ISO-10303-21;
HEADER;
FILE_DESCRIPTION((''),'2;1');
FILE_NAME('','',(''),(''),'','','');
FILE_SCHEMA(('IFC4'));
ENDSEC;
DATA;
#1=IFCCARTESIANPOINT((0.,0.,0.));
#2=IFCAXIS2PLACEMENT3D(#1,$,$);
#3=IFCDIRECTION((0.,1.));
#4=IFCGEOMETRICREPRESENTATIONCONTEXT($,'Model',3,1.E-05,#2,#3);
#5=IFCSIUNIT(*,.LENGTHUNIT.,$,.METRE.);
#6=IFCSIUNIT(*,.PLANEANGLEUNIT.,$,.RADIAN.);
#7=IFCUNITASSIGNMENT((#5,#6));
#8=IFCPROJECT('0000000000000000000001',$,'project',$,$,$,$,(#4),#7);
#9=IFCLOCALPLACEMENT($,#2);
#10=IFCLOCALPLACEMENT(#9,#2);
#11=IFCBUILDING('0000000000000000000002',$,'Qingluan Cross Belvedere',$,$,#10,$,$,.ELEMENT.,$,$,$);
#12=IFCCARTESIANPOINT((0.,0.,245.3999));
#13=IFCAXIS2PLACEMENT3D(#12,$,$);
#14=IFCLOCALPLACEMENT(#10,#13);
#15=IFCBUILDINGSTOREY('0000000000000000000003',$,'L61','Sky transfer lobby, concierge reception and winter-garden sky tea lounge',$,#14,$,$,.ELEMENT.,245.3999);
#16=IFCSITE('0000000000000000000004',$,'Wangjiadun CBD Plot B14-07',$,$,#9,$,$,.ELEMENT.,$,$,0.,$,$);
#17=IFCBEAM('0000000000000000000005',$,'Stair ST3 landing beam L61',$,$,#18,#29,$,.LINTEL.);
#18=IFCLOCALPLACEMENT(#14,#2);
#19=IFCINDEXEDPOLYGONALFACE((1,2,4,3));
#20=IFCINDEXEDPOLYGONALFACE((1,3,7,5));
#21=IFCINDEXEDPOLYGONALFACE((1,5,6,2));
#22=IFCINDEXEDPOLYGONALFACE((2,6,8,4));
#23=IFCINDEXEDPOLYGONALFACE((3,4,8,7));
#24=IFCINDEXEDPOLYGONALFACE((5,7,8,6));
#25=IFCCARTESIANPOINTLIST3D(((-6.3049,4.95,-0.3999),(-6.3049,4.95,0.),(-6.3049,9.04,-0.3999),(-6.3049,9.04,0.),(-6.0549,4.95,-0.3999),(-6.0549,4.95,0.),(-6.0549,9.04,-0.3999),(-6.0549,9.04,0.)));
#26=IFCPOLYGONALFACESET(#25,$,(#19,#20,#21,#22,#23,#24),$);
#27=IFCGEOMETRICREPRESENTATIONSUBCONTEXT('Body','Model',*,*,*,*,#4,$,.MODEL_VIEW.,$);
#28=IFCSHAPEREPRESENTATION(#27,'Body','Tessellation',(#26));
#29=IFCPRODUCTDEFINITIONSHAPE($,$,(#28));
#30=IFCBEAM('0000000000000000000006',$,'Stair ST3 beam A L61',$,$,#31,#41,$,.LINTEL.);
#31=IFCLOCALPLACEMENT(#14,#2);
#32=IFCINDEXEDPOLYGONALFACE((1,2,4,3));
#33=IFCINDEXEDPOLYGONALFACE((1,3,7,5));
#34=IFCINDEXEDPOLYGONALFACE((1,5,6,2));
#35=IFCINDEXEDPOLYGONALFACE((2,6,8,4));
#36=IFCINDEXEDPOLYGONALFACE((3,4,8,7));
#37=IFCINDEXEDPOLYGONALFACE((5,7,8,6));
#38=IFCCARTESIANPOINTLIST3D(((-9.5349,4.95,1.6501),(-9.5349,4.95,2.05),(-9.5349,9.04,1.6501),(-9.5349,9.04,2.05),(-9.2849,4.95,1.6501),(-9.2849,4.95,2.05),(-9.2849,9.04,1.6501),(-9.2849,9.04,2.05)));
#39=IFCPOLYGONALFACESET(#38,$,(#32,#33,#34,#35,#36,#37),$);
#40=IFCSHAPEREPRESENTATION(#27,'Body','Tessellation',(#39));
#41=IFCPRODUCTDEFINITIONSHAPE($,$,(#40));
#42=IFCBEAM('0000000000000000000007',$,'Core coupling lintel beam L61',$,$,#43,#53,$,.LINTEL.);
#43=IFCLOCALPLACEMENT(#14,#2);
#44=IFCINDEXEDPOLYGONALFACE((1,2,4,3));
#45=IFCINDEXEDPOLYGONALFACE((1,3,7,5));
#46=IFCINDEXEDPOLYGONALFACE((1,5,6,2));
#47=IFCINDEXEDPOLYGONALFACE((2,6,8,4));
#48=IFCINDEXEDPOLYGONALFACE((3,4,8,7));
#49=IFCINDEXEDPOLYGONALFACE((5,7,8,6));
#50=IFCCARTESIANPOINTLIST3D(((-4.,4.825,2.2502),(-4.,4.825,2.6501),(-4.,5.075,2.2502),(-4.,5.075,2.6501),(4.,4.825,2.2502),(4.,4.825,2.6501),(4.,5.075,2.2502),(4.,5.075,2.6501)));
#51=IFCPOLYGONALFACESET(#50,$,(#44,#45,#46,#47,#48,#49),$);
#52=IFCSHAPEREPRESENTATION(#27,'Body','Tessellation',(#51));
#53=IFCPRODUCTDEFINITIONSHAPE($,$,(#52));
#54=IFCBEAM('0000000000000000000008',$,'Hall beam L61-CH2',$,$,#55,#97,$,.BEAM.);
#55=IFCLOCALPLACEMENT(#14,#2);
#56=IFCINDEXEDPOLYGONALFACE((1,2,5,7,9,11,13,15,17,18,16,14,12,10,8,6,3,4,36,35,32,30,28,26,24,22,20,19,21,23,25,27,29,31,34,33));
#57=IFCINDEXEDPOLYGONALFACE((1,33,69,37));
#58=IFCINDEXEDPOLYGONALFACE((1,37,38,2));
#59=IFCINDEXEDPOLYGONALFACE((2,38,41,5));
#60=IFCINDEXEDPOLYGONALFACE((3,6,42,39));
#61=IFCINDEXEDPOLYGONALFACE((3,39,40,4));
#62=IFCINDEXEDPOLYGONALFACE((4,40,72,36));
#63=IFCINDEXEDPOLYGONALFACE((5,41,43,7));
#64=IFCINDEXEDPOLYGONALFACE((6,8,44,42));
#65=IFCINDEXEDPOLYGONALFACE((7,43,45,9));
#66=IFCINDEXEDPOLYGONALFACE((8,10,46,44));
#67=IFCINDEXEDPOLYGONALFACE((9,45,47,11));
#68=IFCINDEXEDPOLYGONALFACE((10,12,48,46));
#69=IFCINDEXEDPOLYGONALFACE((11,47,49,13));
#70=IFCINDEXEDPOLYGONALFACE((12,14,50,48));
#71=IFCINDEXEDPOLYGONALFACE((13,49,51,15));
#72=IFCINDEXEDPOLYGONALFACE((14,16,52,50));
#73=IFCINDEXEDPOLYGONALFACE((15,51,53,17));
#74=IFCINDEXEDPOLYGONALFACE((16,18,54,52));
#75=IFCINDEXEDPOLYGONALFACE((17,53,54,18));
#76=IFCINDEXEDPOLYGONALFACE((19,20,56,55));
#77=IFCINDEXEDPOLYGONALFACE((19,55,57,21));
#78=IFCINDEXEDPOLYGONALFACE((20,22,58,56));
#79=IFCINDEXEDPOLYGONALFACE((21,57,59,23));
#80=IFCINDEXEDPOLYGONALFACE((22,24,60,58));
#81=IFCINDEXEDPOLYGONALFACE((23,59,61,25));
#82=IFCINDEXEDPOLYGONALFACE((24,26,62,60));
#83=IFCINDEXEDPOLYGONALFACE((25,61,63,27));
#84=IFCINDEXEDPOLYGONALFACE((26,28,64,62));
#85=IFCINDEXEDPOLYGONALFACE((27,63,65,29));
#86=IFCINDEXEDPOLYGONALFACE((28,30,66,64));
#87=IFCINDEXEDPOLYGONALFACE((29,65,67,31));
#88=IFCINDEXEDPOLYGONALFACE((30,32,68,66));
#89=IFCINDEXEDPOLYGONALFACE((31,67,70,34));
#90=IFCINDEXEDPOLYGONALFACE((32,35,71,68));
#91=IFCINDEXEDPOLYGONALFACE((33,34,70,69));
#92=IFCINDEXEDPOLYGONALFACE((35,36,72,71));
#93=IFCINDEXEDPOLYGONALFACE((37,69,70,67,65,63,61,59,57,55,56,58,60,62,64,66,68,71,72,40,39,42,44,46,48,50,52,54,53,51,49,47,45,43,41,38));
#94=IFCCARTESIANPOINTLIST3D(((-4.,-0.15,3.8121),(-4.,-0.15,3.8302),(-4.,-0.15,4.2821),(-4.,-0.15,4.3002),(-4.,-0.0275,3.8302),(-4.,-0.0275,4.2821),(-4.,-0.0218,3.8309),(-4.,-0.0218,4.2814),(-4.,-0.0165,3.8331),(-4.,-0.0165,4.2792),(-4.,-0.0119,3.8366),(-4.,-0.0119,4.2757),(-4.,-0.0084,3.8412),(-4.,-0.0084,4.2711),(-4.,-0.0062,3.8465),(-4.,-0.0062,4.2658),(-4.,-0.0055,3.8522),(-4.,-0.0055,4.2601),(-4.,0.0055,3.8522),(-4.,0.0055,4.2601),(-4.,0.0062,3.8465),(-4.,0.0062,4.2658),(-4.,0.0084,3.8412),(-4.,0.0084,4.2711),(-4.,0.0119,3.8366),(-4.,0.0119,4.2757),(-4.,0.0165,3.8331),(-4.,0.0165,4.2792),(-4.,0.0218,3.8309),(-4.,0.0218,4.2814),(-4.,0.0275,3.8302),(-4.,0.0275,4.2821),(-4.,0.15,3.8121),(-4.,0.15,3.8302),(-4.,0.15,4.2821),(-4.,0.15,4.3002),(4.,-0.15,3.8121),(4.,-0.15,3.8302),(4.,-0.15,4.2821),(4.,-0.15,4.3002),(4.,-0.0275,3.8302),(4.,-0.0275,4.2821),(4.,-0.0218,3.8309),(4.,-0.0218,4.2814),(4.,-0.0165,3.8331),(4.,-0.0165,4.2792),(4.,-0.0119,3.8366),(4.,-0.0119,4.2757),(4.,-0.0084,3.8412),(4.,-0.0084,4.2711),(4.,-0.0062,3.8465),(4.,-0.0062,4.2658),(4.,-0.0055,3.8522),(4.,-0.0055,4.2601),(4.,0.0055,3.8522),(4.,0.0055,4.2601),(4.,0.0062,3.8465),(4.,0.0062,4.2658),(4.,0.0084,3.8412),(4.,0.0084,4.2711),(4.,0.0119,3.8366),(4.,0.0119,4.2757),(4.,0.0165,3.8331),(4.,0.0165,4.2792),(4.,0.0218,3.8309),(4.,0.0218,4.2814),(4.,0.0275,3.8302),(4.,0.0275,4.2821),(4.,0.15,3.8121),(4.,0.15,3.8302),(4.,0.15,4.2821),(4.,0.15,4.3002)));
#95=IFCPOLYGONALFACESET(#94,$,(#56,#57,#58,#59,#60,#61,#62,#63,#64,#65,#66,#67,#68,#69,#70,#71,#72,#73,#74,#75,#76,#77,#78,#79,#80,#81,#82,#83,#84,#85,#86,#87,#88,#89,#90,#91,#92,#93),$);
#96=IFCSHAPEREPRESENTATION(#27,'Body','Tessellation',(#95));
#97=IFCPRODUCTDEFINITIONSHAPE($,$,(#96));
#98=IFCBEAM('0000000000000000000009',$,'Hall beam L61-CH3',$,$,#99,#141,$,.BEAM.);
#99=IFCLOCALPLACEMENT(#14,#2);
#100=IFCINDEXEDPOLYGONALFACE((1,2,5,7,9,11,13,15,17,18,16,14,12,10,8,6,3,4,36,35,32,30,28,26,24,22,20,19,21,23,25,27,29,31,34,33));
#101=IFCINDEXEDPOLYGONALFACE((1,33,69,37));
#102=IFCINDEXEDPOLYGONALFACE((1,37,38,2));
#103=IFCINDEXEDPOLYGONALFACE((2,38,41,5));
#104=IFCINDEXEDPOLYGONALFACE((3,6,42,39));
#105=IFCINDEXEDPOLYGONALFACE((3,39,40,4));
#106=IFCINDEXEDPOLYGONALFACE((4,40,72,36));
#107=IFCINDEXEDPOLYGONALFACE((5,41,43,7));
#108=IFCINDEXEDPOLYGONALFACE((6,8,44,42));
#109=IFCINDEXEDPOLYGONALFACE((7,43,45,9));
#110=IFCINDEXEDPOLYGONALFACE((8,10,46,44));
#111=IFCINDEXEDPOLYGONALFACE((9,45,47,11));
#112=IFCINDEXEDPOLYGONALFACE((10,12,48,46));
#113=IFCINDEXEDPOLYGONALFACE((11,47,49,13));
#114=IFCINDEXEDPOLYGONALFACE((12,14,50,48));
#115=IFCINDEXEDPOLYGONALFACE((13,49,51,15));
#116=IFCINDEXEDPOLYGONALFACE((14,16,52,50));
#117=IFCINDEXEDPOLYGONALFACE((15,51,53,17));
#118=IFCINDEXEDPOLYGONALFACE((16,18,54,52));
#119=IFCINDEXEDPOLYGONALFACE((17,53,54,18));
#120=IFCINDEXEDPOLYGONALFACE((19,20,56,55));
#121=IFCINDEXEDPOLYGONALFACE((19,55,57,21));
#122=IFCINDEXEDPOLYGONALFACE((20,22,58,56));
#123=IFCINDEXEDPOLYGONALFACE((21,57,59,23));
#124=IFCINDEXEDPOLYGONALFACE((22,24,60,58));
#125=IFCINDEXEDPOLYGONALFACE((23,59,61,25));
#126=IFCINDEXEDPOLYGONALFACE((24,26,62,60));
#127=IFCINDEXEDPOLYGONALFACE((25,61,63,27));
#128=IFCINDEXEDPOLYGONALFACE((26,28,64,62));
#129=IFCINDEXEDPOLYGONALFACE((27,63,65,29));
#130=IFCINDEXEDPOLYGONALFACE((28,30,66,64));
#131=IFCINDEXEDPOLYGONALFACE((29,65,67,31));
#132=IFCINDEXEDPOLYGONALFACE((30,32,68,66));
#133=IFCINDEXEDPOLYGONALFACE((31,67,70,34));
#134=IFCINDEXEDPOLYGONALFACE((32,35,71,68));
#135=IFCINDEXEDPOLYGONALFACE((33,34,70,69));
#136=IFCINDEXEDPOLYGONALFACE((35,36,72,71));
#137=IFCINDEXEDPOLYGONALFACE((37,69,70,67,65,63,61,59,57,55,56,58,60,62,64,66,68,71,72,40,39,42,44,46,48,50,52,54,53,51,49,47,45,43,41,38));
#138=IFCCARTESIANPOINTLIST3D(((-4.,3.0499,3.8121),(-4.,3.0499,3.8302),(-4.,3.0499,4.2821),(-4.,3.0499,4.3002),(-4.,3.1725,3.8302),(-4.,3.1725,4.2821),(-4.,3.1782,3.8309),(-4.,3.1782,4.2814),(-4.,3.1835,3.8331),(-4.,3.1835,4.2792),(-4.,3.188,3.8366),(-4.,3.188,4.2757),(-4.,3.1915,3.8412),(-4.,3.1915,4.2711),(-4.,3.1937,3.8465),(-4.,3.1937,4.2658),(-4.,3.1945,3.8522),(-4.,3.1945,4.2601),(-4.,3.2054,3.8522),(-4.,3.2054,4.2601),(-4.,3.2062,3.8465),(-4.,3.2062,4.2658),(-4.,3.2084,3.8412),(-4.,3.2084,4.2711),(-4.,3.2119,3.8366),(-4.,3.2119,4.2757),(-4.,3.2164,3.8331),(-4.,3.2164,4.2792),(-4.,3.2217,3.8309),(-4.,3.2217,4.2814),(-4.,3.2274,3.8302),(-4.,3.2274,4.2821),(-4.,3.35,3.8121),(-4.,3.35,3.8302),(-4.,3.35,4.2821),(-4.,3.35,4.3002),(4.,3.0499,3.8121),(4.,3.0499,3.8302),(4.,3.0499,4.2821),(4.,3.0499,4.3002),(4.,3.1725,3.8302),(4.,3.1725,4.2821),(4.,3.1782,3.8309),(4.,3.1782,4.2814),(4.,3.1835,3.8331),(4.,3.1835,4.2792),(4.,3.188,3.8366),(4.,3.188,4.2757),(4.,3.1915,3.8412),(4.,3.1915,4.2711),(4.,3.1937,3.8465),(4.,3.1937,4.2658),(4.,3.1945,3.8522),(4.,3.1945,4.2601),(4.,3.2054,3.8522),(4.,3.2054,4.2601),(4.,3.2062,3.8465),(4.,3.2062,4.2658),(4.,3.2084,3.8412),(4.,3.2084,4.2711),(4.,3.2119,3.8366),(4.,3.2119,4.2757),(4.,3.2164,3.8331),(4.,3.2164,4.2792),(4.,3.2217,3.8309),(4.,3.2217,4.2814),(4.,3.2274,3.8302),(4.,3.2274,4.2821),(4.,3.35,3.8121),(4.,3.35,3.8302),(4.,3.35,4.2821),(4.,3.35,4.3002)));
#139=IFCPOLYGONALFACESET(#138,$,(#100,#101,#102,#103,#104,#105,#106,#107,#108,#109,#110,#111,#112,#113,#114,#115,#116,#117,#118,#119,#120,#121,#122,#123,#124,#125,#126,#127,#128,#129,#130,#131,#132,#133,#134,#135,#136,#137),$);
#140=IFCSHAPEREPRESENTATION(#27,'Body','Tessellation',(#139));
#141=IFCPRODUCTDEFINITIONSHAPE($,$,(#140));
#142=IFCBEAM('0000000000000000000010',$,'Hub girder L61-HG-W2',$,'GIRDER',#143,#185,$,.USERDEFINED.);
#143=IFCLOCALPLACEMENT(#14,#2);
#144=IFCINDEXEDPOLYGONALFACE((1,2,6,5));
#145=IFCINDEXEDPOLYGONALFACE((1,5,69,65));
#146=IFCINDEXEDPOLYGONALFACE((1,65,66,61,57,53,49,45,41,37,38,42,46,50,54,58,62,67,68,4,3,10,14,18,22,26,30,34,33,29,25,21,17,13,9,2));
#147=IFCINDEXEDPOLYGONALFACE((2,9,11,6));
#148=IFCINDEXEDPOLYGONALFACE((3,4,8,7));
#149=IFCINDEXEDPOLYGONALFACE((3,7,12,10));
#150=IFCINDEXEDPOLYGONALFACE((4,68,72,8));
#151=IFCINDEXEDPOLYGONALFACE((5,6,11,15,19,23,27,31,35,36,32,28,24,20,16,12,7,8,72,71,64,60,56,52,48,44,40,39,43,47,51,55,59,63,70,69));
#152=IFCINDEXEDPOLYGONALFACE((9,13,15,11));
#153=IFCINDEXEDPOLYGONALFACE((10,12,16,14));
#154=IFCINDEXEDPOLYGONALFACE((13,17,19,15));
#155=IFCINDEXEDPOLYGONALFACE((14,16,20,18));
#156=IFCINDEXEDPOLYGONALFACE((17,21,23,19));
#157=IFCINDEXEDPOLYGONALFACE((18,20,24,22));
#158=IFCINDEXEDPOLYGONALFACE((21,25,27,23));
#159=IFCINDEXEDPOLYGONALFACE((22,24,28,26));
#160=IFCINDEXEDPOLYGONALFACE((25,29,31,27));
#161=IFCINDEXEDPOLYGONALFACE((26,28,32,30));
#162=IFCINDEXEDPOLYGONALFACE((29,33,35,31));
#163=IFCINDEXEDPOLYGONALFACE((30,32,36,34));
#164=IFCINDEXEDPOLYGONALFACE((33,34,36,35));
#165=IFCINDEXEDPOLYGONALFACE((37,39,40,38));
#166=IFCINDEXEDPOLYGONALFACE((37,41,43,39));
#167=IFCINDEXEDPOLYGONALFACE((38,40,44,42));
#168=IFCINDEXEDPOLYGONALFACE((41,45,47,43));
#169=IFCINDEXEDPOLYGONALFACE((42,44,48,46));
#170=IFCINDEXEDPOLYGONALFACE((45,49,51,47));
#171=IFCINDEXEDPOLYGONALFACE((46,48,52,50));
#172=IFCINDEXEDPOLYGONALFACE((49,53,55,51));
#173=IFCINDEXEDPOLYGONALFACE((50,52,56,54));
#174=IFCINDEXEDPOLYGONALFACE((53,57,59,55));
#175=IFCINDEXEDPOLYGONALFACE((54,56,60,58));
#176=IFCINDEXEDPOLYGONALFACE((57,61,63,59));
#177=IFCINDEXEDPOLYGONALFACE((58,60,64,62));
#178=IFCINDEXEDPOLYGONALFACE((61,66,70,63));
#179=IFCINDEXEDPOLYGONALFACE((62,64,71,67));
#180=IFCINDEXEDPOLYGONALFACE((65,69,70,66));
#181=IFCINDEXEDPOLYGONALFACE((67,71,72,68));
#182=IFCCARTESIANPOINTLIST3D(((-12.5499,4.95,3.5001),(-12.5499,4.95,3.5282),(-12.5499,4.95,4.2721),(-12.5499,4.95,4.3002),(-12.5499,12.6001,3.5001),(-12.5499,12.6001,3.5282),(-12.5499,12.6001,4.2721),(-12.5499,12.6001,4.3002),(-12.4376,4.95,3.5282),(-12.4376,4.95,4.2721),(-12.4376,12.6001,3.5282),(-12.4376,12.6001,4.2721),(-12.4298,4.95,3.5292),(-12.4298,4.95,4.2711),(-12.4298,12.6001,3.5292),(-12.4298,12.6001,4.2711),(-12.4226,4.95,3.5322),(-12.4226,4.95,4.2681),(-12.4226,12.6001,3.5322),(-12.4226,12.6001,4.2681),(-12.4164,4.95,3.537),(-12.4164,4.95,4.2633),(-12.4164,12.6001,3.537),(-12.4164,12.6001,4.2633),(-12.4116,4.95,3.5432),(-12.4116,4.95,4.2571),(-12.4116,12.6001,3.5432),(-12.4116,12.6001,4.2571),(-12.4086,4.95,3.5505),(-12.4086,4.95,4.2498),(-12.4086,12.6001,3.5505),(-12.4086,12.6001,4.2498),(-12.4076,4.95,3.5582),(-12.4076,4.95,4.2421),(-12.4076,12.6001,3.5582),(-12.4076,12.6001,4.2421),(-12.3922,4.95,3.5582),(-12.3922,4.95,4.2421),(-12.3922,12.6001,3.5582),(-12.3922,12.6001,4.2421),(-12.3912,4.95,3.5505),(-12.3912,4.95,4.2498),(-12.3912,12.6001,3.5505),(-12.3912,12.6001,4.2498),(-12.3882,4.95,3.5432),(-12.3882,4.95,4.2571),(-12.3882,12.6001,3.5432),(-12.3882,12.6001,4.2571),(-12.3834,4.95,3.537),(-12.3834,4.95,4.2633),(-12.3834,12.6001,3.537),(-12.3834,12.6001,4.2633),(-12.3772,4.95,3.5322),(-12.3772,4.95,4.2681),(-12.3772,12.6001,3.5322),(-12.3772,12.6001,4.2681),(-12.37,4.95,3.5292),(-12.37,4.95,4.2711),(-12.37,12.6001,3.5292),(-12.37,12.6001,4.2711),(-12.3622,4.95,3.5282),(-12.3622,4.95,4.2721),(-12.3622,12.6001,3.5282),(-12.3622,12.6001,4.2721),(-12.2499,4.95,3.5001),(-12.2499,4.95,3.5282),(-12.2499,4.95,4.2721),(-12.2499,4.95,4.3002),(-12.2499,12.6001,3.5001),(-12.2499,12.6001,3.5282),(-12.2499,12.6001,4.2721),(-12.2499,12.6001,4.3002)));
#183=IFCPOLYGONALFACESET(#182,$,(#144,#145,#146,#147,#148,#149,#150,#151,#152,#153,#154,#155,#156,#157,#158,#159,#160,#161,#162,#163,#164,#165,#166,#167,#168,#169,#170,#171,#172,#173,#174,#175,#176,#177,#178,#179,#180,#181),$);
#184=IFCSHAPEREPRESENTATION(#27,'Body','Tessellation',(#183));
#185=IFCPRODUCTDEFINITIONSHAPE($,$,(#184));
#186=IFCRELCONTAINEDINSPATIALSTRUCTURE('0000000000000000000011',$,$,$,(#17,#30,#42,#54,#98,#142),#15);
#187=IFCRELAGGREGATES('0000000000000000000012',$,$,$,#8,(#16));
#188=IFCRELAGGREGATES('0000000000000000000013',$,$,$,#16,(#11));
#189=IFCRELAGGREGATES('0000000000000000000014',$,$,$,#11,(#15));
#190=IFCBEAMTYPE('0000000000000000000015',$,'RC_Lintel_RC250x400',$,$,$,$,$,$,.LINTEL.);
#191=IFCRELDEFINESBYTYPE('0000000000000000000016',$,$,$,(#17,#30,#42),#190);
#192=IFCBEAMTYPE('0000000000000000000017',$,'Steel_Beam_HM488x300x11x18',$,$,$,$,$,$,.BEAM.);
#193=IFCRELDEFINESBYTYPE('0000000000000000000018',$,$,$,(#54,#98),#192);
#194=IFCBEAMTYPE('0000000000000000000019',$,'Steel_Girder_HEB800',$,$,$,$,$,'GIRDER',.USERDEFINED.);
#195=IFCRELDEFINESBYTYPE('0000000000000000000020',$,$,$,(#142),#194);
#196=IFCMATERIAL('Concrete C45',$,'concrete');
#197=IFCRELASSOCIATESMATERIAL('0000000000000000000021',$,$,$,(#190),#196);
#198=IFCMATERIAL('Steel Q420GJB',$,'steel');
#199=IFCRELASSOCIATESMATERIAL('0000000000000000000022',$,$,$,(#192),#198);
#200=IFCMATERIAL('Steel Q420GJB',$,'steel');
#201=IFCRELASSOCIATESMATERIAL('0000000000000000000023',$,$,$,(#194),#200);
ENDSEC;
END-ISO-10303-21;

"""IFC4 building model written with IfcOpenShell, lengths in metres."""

from ifc_helpers import new_model, si_unit, direction, frame, origin, origin_2d, place, context, subcontext, project, spatial, rectangle, i_section, extrude, material, material_profile, profile_set, type_object, element, save


model = new_model("IFC4")

# Units and contexts
model_context = context("Model", 3, precision=1e-05, world=origin(), true_north=direction((0.0, 1.0)))
body_context = subcontext(model_context, "Body", "Model", "MODEL_VIEW")
ifc_project = project(units=[si_unit("LENGTHUNIT", "METRE"), si_unit("PLANEANGLEUNIT", "RADIAN")], contexts=[model_context])

# Site, building, storey
site_placement = place(None, origin())
site = spatial("IfcSite", under=ifc_project, at=site_placement, Name="Wangjiadun CBD Plot B14-07", CompositionType="ELEMENT", RefElevation=0.0)
building_placement = place(site_placement, origin())
building = spatial("IfcBuilding", under=site, at=building_placement, Name="Qingluan Cross Belvedere", CompositionType="ELEMENT")
storey_placement = place(building_placement, frame((0.0, 0.0, 245.3999)))
storey = spatial("IfcBuildingStorey", under=building, at=storey_placement, Name="L61", Description="Sky transfer lobby, concierge reception and winter-garden sky tea lounge", CompositionType="ELEMENT", Elevation=245.3999)

# Beams
ifc_material_1 = material(Name="Concrete C45", Category="concrete")
ifc_material_profile_1 = material_profile(ifc_material_1, rectangle(XDim=0.25, YDim=0.3999, at=origin_2d()), Name="RC250x400")
ifc_profile_set_1 = profile_set([ifc_material_profile_1], Name="Concrete C45")
beam_type_1 = type_object("IfcBeamType", Name="RC_Lintel_RC250x400", PredefinedType="LINTEL", material=ifc_profile_set_1)
for number, where, z_axis, x_axis, name in (
    (1, (-6.1799, 4.95, -0.2), (0.0, 1.0, 0.0), (-1.0, 0.0, 0.0), "Stair ST3 landing beam L61"),
    (2, (-9.4099, 4.95, 1.8501), (0.0, 1.0, 0.0), (-1.0, 0.0, 0.0), "Stair ST3 beam A L61"),
):
    element("IfcBeam", number, at=place(storey_placement, frame(where, z_axis=z_axis, x_axis=x_axis)), inside=storey, type_object=beam_type_1, Name=name, PredefinedType="LINTEL", context=body_context, shape_type="SweptSolid", body=[
        extrude(rectangle(XDim=0.25, YDim=0.3999, at=origin_2d()), origin(), (0.0, 0.0, 1.0), 4.0901),
    ])
beam_1_placement = place(storey_placement, frame((-4.0, 4.95, 2.4502), z_axis=(1.0, 0.0, 0.0), x_axis=(0.0, 1.0, 0.0)))
element("IfcBeam", 3, at=beam_1_placement, inside=storey, type_object=beam_type_1, Name="Core coupling lintel beam L61", PredefinedType="LINTEL", context=body_context, shape_type="SweptSolid", body=[
    extrude(rectangle(XDim=0.25, YDim=0.3999, at=origin_2d()), origin(), (0.0, 0.0, 1.0), 8.0),
])
ifc_material_2 = material(Name="Steel Q420GJB", Category="steel")
ifc_material_profile_2 = material_profile(ifc_material_2, i_section(OverallWidth=0.3, OverallDepth=0.488, WebThickness=0.011, FlangeThickness=0.0181, FilletRadius=0.022, at=origin_2d()), Name="HM488x300x11x18")
ifc_profile_set_2 = profile_set([ifc_material_profile_2], Name="Steel Q420GJB")
beam_type_2 = type_object("IfcBeamType", Name="Steel_Beam_HM488x300x11x18", PredefinedType="BEAM", material=ifc_profile_set_2)
for number, where, z_axis, x_axis, name in (
    (4, (-4.0, 0.0, 4.0562), (1.0, 0.0, 0.0), (0.0, 1.0, 0.0), "Hall beam L61-CH2"),
    (5, (-4.0, 3.2, 4.0562), (1.0, 0.0, 0.0), (0.0, 1.0, 0.0), "Hall beam L61-CH3"),
):
    element("IfcBeam", number, at=place(storey_placement, frame(where, z_axis=z_axis, x_axis=x_axis)), inside=storey, type_object=beam_type_2, Name=name, PredefinedType="BEAM", context=body_context, shape_type="SweptSolid", body=[
        extrude(i_section(OverallWidth=0.3, OverallDepth=0.488, WebThickness=0.011, FlangeThickness=0.0181, FilletRadius=0.022, at=origin_2d()), origin(), (0.0, 0.0, 1.0), 8.0),
    ])
ifc_material_3 = material(Name="Steel Q420GJB", Category="steel")
ifc_material_profile_3 = material_profile(ifc_material_3, i_section(OverallWidth=0.3, OverallDepth=0.8, WebThickness=0.0154, FlangeThickness=0.0281, FilletRadius=0.03, at=origin_2d()), Name="HEB800")
ifc_profile_set_3 = profile_set([ifc_material_profile_3], Name="Steel Q420GJB")
beam_type_3 = type_object("IfcBeamType", Name="Steel_Girder_HEB800", ElementType="GIRDER", PredefinedType="USERDEFINED", material=ifc_profile_set_3)
beam_2_placement = place(storey_placement, frame((-12.3999, 4.95, 3.9001), z_axis=(0.0, 1.0, 0.0), x_axis=(-1.0, 0.0, 0.0)))
element("IfcBeam", 6, at=beam_2_placement, inside=storey, type_object=beam_type_3, Name="Hub girder L61-HG-W2", ObjectType="GIRDER", PredefinedType="USERDEFINED", context=body_context, shape_type="SweptSolid", body=[
    extrude(i_section(OverallWidth=0.3, OverallDepth=0.8, WebThickness=0.0154, FlangeThickness=0.0281, FilletRadius=0.03, at=origin_2d()), origin(), (0.0, 0.0, 1.0), 7.6501),
])

save(model, "model.ifc")
